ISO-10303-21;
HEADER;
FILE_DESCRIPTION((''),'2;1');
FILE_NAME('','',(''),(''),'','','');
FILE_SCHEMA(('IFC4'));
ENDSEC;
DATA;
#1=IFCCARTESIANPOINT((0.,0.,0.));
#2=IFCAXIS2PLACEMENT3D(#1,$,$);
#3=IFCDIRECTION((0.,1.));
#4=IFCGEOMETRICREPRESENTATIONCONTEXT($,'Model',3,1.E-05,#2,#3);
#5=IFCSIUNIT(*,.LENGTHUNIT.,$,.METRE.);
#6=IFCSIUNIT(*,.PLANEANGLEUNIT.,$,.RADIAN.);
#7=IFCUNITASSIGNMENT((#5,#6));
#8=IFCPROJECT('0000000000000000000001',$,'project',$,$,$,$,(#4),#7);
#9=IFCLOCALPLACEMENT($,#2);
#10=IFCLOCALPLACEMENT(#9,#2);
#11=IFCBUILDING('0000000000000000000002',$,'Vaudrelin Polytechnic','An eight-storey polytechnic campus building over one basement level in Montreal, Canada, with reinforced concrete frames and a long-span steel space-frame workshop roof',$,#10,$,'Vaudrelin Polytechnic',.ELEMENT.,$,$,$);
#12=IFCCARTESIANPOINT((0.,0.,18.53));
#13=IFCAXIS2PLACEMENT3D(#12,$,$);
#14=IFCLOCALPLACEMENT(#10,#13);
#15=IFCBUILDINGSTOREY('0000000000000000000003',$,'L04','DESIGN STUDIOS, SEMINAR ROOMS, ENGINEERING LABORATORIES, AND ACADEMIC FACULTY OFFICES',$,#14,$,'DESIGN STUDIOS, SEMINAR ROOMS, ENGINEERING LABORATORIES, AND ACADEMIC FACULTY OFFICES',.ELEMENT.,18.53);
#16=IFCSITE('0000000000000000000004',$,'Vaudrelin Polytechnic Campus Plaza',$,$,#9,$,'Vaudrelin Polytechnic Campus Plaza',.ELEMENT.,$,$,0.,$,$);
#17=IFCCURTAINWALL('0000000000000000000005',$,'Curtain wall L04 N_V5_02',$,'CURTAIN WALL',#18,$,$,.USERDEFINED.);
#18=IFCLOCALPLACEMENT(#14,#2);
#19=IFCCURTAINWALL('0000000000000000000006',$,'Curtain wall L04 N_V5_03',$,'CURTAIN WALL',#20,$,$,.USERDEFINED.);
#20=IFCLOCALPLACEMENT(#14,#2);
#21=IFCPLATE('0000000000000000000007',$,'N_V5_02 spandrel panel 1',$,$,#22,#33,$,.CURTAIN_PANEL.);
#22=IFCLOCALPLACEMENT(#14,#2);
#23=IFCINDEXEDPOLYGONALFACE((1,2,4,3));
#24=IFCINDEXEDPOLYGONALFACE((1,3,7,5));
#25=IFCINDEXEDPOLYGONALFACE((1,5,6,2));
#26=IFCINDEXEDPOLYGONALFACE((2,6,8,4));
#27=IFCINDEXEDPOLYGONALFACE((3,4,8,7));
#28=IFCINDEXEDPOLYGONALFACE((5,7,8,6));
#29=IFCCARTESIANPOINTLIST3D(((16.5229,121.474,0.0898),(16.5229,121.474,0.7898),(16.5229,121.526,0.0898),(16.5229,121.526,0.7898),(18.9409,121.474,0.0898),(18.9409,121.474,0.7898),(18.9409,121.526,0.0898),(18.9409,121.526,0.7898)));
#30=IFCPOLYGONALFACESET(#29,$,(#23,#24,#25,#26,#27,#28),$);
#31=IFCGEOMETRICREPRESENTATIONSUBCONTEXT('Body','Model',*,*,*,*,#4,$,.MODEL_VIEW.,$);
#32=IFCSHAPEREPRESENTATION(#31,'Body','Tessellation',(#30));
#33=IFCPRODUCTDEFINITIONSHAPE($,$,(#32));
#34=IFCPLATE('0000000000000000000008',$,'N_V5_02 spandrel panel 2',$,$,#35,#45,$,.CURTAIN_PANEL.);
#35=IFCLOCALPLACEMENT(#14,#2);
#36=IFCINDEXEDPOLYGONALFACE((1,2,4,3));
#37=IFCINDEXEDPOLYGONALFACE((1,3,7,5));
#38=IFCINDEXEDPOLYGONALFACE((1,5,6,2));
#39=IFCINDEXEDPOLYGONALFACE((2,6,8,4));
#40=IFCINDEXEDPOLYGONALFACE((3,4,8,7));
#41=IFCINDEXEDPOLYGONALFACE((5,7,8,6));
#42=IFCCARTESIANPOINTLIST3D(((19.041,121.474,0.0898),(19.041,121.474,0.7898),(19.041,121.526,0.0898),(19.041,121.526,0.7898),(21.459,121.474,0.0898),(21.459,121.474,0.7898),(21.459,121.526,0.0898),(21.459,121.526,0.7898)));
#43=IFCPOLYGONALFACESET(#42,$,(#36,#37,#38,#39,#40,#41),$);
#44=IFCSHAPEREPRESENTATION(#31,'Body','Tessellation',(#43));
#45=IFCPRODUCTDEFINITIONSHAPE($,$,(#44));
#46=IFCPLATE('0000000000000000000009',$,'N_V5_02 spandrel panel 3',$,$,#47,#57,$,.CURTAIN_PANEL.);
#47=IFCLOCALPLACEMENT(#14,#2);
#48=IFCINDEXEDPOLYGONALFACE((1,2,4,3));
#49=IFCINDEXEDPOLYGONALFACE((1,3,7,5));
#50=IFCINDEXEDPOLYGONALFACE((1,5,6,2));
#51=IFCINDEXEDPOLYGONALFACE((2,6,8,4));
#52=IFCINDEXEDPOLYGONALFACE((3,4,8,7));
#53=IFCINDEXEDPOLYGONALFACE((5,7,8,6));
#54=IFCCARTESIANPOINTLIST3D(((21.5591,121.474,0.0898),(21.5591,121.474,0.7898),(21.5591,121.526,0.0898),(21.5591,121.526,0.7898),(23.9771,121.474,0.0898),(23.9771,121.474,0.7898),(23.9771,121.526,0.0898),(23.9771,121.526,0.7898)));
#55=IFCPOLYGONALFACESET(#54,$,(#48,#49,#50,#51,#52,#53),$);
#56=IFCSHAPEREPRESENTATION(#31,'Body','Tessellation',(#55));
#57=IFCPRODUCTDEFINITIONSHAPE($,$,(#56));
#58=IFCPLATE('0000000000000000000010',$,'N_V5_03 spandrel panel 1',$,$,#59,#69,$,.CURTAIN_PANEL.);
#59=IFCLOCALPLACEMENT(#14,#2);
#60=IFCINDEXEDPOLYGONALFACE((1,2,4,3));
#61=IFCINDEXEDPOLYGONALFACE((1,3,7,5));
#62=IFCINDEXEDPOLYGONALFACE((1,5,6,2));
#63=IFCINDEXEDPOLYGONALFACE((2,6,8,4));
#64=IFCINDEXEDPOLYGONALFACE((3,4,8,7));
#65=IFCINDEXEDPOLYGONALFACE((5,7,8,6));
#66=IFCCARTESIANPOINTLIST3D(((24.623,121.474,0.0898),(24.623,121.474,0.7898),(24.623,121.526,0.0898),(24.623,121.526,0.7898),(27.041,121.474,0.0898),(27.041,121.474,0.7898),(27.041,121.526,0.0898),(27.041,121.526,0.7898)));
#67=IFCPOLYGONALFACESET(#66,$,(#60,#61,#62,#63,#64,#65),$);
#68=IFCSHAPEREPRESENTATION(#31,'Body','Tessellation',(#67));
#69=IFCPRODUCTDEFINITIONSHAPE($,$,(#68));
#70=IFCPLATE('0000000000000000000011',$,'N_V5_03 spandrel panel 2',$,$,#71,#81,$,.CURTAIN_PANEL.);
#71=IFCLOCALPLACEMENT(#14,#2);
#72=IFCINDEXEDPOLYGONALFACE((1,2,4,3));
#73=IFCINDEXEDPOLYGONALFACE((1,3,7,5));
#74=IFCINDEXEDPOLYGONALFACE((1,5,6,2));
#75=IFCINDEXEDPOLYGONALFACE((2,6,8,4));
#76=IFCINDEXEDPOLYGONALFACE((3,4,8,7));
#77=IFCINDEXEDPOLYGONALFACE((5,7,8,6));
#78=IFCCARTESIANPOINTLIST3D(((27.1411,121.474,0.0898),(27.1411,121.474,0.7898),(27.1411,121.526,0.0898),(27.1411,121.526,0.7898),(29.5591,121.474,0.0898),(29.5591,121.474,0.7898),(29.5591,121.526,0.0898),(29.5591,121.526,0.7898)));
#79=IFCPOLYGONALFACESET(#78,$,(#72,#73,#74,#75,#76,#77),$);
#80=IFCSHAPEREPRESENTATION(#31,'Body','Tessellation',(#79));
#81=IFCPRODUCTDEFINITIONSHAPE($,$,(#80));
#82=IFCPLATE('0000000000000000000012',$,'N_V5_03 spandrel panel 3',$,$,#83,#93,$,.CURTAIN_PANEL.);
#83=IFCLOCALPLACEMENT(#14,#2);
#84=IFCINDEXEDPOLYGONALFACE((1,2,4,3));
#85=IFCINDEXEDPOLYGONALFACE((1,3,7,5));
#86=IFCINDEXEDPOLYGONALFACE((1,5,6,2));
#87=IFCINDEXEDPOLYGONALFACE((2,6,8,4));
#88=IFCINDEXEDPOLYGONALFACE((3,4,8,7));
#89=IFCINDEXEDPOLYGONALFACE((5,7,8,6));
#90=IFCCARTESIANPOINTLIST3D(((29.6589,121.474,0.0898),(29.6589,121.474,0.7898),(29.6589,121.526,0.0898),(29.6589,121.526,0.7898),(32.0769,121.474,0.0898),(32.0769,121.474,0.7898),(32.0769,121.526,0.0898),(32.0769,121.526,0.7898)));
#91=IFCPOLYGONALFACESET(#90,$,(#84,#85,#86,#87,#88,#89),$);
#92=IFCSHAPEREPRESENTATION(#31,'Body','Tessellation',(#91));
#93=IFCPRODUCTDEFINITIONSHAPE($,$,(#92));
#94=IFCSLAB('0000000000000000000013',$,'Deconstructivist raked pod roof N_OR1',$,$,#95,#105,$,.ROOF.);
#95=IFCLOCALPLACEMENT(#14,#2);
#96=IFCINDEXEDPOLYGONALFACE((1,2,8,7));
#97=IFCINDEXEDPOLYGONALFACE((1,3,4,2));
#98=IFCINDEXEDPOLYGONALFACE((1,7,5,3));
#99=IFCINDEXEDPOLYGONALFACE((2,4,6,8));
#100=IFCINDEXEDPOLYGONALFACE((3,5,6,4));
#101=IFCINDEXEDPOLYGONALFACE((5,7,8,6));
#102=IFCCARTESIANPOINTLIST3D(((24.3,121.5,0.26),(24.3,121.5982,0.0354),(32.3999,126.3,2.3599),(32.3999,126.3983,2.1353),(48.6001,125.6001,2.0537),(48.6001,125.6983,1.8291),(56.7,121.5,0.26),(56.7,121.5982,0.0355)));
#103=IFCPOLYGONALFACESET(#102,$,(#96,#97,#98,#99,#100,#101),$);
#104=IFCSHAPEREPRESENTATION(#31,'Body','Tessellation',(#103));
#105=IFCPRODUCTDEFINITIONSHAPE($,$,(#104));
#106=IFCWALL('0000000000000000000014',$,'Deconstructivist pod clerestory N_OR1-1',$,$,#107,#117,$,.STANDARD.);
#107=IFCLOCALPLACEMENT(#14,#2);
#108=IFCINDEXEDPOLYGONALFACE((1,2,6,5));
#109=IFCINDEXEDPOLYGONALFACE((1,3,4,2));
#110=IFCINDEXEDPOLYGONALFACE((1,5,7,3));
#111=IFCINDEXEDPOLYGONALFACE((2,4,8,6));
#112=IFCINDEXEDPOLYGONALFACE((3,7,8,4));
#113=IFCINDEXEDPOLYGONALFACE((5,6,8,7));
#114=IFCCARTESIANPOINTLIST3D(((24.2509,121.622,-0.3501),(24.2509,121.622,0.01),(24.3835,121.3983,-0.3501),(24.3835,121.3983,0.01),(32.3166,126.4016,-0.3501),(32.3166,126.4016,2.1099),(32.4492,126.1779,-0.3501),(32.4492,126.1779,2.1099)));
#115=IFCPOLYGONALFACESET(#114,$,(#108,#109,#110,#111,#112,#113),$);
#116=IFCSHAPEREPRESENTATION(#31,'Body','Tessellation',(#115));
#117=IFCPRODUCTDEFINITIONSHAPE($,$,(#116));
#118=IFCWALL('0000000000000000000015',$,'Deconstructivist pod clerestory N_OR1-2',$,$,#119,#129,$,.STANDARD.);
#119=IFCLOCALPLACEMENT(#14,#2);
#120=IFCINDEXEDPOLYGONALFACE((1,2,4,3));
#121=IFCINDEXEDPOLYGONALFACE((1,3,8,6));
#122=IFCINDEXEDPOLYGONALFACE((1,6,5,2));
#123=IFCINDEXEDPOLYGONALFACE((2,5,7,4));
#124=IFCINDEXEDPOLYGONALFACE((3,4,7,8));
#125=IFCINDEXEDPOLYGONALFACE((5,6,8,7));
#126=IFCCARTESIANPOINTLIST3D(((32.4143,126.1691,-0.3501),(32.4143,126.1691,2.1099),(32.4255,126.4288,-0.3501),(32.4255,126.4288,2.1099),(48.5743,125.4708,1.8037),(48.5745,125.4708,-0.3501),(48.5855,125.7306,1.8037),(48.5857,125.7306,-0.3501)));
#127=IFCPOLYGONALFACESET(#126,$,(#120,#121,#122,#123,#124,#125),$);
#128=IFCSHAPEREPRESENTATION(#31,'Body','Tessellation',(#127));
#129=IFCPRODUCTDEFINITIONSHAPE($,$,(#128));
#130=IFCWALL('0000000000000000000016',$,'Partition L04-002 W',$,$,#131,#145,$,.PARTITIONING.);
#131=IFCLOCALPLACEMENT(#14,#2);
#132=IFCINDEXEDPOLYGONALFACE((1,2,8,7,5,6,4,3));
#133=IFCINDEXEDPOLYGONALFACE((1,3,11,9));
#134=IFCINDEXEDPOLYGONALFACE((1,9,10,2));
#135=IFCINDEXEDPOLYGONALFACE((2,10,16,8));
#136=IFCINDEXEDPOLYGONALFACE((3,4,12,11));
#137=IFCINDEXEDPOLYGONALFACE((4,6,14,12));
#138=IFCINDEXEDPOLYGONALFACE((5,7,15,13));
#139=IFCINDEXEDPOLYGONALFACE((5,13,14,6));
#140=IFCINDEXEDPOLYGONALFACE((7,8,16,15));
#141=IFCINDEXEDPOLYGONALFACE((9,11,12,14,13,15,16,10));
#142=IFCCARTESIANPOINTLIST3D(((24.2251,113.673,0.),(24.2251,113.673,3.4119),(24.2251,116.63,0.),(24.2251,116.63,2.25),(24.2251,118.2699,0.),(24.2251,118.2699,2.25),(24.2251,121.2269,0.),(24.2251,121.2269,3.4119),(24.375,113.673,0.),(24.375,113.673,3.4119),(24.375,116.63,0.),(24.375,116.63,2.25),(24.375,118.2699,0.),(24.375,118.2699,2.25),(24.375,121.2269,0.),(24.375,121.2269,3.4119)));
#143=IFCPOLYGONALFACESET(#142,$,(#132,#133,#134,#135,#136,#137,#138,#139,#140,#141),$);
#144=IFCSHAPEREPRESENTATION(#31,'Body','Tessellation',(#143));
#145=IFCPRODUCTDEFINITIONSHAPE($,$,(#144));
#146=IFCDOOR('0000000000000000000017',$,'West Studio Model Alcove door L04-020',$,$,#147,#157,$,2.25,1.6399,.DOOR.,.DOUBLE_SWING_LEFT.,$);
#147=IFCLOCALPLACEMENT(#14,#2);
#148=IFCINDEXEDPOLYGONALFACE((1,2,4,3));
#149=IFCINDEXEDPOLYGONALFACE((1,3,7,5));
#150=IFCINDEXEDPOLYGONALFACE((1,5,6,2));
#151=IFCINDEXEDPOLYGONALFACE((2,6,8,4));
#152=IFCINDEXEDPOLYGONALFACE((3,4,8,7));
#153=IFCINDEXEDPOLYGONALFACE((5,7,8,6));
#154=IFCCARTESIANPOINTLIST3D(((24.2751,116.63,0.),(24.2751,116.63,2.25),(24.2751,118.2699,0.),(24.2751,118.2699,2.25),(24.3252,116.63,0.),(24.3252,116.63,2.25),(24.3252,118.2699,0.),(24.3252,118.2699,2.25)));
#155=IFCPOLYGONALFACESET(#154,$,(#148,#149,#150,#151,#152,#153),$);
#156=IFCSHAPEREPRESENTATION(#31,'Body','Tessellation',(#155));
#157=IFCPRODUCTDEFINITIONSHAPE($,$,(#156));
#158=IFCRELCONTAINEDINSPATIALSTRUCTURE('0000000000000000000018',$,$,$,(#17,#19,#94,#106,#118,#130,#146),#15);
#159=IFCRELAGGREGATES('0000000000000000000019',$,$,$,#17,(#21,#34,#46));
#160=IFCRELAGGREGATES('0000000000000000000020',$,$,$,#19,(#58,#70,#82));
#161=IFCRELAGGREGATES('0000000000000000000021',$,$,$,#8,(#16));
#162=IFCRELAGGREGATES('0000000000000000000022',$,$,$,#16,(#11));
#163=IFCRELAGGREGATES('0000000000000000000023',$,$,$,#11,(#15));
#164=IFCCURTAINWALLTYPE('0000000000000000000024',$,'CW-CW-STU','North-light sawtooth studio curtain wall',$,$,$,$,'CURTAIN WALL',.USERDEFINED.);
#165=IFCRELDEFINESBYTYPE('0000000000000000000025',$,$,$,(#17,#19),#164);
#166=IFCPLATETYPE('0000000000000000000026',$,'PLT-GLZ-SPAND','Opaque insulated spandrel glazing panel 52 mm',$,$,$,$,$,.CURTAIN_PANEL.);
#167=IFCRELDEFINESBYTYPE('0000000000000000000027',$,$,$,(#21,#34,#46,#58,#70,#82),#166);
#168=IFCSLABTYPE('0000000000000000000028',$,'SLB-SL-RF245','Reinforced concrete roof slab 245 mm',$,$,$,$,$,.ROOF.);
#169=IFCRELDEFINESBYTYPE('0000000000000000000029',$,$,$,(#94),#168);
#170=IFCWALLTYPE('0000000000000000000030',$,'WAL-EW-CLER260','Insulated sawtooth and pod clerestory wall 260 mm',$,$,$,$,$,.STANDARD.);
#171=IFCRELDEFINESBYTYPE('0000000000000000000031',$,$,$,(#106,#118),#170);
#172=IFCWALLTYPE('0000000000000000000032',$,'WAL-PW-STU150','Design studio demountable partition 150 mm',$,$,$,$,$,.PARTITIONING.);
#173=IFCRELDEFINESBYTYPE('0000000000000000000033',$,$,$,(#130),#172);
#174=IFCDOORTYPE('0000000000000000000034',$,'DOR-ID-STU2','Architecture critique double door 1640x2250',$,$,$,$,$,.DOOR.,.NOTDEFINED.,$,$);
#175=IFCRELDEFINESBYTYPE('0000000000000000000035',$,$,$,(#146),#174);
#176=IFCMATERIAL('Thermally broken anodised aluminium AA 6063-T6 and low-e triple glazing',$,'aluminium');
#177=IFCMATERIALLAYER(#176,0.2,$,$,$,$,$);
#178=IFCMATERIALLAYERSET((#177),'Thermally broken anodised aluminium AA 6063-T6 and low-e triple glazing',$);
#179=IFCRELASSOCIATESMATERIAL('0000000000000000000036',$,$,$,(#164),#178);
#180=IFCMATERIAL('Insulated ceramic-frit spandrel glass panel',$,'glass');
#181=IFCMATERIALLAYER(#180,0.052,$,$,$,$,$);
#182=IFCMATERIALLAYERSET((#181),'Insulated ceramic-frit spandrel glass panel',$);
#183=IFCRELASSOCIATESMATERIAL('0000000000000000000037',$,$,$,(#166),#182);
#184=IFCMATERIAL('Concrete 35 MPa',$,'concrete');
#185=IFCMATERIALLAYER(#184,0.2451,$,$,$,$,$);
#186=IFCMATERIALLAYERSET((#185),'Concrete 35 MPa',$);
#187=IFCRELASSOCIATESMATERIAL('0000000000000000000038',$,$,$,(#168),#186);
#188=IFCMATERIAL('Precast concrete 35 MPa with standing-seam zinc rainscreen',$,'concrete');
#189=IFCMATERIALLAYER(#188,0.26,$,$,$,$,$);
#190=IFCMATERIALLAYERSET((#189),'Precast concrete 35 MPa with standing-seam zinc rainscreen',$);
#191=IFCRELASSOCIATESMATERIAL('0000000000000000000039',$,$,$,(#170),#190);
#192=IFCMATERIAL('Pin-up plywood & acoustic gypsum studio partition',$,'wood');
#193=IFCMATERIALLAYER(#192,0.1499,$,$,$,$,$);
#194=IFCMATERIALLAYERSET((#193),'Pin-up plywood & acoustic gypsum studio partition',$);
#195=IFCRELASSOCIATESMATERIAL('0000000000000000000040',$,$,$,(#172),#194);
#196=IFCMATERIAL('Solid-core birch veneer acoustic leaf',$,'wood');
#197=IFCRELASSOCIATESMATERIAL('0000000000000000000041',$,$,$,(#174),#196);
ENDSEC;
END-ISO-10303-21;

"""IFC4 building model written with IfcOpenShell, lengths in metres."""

from ifc_helpers import new_model, si_unit, direction, frame, frame_2d, origin, origin_2d, place, context, subcontext, project, spatial, polyline, rectangle, outline, extrude, material, layer, layer_set, type_object, element, fill, aggregate, save


model = new_model("IFC4")

# Units and contexts
model_context = context("Model", 3, precision=1e-05, world=origin(), true_north=direction((0.0, 1.0)))
body_context = subcontext(model_context, "Body", "Model", "MODEL_VIEW")
ifc_project = project(units=[si_unit("LENGTHUNIT", "METRE"), si_unit("PLANEANGLEUNIT", "RADIAN")], contexts=[model_context])

# Site, building, storey
site_placement = place(None, origin())
site = spatial("IfcSite", under=ifc_project, at=site_placement, Name="Vaudrelin Polytechnic Campus Plaza", LongName="Vaudrelin Polytechnic Campus Plaza", CompositionType="ELEMENT", RefElevation=0.0)
building_placement = place(site_placement, origin())
building = spatial("IfcBuilding", under=site, at=building_placement, Name="Vaudrelin Polytechnic", Description="An eight-storey polytechnic campus building over one basement level in Montreal, Canada, with reinforced concrete frames and a long-span steel space-frame workshop roof", LongName="Vaudrelin Polytechnic", CompositionType="ELEMENT")
storey_placement = place(building_placement, frame((0.0, 0.0, 18.53)))
storey = spatial("IfcBuildingStorey", under=building, at=storey_placement, Name="L04", Description="DESIGN STUDIOS, SEMINAR ROOMS, ENGINEERING LABORATORIES, AND ACADEMIC FACULTY OFFICES", LongName="DESIGN STUDIOS, SEMINAR ROOMS, ENGINEERING LABORATORIES, AND ACADEMIC FACULTY OFFICES", CompositionType="ELEMENT", Elevation=18.53)

# Curtain walls
ifc_material_1 = material(Name="Thermally broken anodised aluminium AA 6063-T6 and low-e triple glazing", Category="aluminium")
ifc_layer_1 = layer(ifc_material_1, 0.2)
ifc_layer_set_1 = layer_set([ifc_layer_1], Name="Thermally broken anodised aluminium AA 6063-T6 and low-e triple glazing")
curtain_wall_type = type_object("IfcCurtainWallType", Name="CW-CW-STU", Description="North-light sawtooth studio curtain wall", ElementType="CURTAIN WALL", PredefinedType="USERDEFINED", material=ifc_layer_set_1)
curtain_wall_1_placement = place(storey_placement, origin())
curtain_wall_1 = element("IfcCurtainWall", 1, at=curtain_wall_1_placement, inside=storey, type_object=curtain_wall_type, Name="Curtain wall L04 N_V5_02", ObjectType="CURTAIN WALL", PredefinedType="USERDEFINED")
curtain_wall_2_placement = place(storey_placement, origin())
curtain_wall_2 = element("IfcCurtainWall", 2, at=curtain_wall_2_placement, inside=storey, type_object=curtain_wall_type, Name="Curtain wall L04 N_V5_03", ObjectType="CURTAIN WALL", PredefinedType="USERDEFINED")

# Plates
ifc_material_2 = material(Name="Insulated ceramic-frit spandrel glass panel", Category="glass")
ifc_layer_2 = layer(ifc_material_2, 0.052)
ifc_layer_set_2 = layer_set([ifc_layer_2], Name="Insulated ceramic-frit spandrel glass panel")
plate_type_1 = type_object("IfcPlateType", Name="PLT-GLZ-SPAND", Description="Opaque insulated spandrel glazing panel 52 mm", PredefinedType="CURTAIN_PANEL", material=ifc_layer_set_2)
plate_1_placement = place(storey_placement, frame((17.7319, 121.5, 0.0898), z_axis=(0.0, 0.0, 1.0), x_axis=(1.0, 0.0, 0.0)))
plate_1 = element("IfcPlate", 3, at=plate_1_placement, type_object=plate_type_1, Name="N_V5_02 spandrel panel 1", PredefinedType="CURTAIN_PANEL", context=body_context, shape_type="SweptSolid", body=[
    extrude(rectangle(XDim=2.418, YDim=0.052, at=origin_2d()), origin(), (0.0, 0.0, 1.0), 0.7),
])
plate_2_placement = place(storey_placement, frame((20.25, 121.5, 0.0898), z_axis=(0.0, 0.0, 1.0), x_axis=(1.0, 0.0, 0.0)))
plate_2 = element("IfcPlate", 4, at=plate_2_placement, type_object=plate_type_1, Name="N_V5_02 spandrel panel 2", PredefinedType="CURTAIN_PANEL", context=body_context, shape_type="SweptSolid", body=[
    extrude(rectangle(XDim=2.418, YDim=0.052, at=origin_2d()), origin(), (0.0, 0.0, 1.0), 0.7),
])
plate_3_placement = place(storey_placement, frame((22.7681, 121.5, 0.0898), z_axis=(0.0, 0.0, 1.0), x_axis=(1.0, 0.0, 0.0)))
plate_3 = element("IfcPlate", 5, at=plate_3_placement, type_object=plate_type_1, Name="N_V5_02 spandrel panel 3", PredefinedType="CURTAIN_PANEL", context=body_context, shape_type="SweptSolid", body=[
    extrude(rectangle(XDim=2.418, YDim=0.052, at=origin_2d()), origin(), (0.0, 0.0, 1.0), 0.7),
])
aggregate(curtain_wall_1, [plate_1, plate_2, plate_3])
plate_4_placement = place(storey_placement, frame((25.832, 121.5, 0.0898), z_axis=(0.0, 0.0, 1.0), x_axis=(1.0, 0.0, 0.0)))
plate_4 = element("IfcPlate", 6, at=plate_4_placement, type_object=plate_type_1, Name="N_V5_03 spandrel panel 1", PredefinedType="CURTAIN_PANEL", context=body_context, shape_type="SweptSolid", body=[
    extrude(rectangle(XDim=2.418, YDim=0.052, at=origin_2d()), origin(), (0.0, 0.0, 1.0), 0.7),
])
plate_5_placement = place(storey_placement, frame((28.3501, 121.5, 0.0898), z_axis=(0.0, 0.0, 1.0), x_axis=(1.0, 0.0, 0.0)))
plate_5 = element("IfcPlate", 7, at=plate_5_placement, type_object=plate_type_1, Name="N_V5_03 spandrel panel 2", PredefinedType="CURTAIN_PANEL", context=body_context, shape_type="SweptSolid", body=[
    extrude(rectangle(XDim=2.418, YDim=0.052, at=origin_2d()), origin(), (0.0, 0.0, 1.0), 0.7),
])
plate_6_placement = place(storey_placement, frame((30.8679, 121.5, 0.0898), z_axis=(0.0, 0.0, 1.0), x_axis=(1.0, 0.0, 0.0)))
plate_6 = element("IfcPlate", 8, at=plate_6_placement, type_object=plate_type_1, Name="N_V5_03 spandrel panel 3", PredefinedType="CURTAIN_PANEL", context=body_context, shape_type="SweptSolid", body=[
    extrude(rectangle(XDim=2.418, YDim=0.052, at=origin_2d()), origin(), (0.0, 0.0, 1.0), 0.7),
])
aggregate(curtain_wall_2, [plate_4, plate_5, plate_6])

# Slab
ifc_material_3 = material(Name="Concrete 35 MPa", Category="concrete")
ifc_layer_3 = layer(ifc_material_3, 0.2451)
ifc_layer_set_3 = layer_set([ifc_layer_3], Name="Concrete 35 MPa")
slab_type = type_object("IfcSlabType", Name="SLB-SL-RF245", Description="Reinforced concrete roof slab 245 mm", PredefinedType="ROOF", material=ifc_layer_set_3)
slab_placement = place(storey_placement, frame((24.3, 121.5, 0.26), z_axis=(-0.000001, -0.400796, 0.916167), x_axis=(0.839656, 0.497587, 0.217681)))
element("IfcSlab", 9, at=slab_placement, inside=storey, type_object=slab_type, Name="Deconstructivist raked pod roof N_OR1", PredefinedType="ROOF", context=body_context, shape_type="SweptSolid", body=[
    extrude(outline(polyline([(0.0, 0.0), (9.6466, 0.0), (22.8343, -9.4401), (27.2048, -17.597), (0.0, 0.0)])), origin(), (0.0, 0.0, -1.0), 0.2451),
])

# Walls
ifc_material_4 = material(Name="Precast concrete 35 MPa with standing-seam zinc rainscreen", Category="concrete")
ifc_layer_4 = layer(ifc_material_4, 0.26)
ifc_layer_set_4 = layer_set([ifc_layer_4], Name="Precast concrete 35 MPa with standing-seam zinc rainscreen")
wall_type_1 = type_object("IfcWallType", Name="WAL-EW-CLER260", Description="Insulated sawtooth and pod clerestory wall 260 mm", PredefinedType="STANDARD", material=ifc_layer_set_4)
wall_1_placement = place(storey_placement, frame((24.3171, 121.5103, -0.3501), z_axis=(0.0, 0.0, 1.0), x_axis=(0.860297, 0.509793, 0.0)))
element("IfcWall", 10, at=wall_1_placement, inside=storey, type_object=wall_type_1, Name="Deconstructivist pod clerestory N_OR1-1", PredefinedType="STANDARD", context=body_context, shape_type="SweptSolid", body=[
    extrude(outline(polyline([(0.0, 0.0), (9.3755, 0.0), (9.3755, 2.46), (0.0, 0.3601), (0.0, 0.0)])), frame((0.0, 0.1299, 0.0), z_axis=(0.0, -1.0, 0.0), x_axis=(1.0, 0.0, 0.0)), (0.0, 0.0, 1.0), 0.26),
])
wall_2_placement = place(storey_placement, frame((32.4199, 126.2991, -0.3501), z_axis=(0.0, 0.0, 1.0), x_axis=(0.999068, -0.043167, 0.0)))
element("IfcWall", 11, at=wall_2_placement, inside=storey, type_object=wall_type_1, Name="Deconstructivist pod clerestory N_OR1-2", PredefinedType="STANDARD", context=body_context, shape_type="SweptSolid", body=[
    extrude(outline(polyline([(0.0, 0.0), (16.1753, 0.0), (16.175, 2.1538), (0.0, 2.46), (0.0, 0.0)])), frame((0.0, 0.1299, 0.0), z_axis=(0.0, -1.0, 0.0), x_axis=(1.0, 0.0, 0.0)), (0.0, 0.0, 1.0), 0.26),
])

# Wall, opening, door
ifc_material_5 = material(Name="Pin-up plywood & acoustic gypsum studio partition", Category="wood")
ifc_layer_5 = layer(ifc_material_5, 0.1499)
ifc_layer_set_5 = layer_set([ifc_layer_5], Name="Pin-up plywood & acoustic gypsum studio partition")
wall_type_2 = type_object("IfcWallType", Name="WAL-PW-STU150", Description="Design studio demountable partition 150 mm", PredefinedType="PARTITIONING", material=ifc_layer_set_5)
wall_3_placement = place(storey_placement, frame((24.3, 113.6731, 0.0), z_axis=(0.0, 0.0, 1.0), x_axis=(0.0, 1.0, 0.0)))
wall_3 = element("IfcWall", 12, at=wall_3_placement, inside=storey, type_object=wall_type_2, Name="Partition L04-002 W", PredefinedType="PARTITIONING", context=body_context, shape_type="SweptSolid", body=[
    extrude(rectangle(XDim=7.554, YDim=0.1499, at=frame_2d((3.7769, 0.0))), origin(), (0.0, 0.0, 1.0), 3.4119),
])
opening_placement = place(wall_3_placement, frame((2.957, 0.0, 0.0)))
opening = element("IfcOpeningElement", 13, at=opening_placement, cuts=wall_3, PredefinedType="OPENING", context=body_context, shape_type="SweptSolid", body=[
    extrude(rectangle(XDim=1.6399, YDim=2.25, at=frame_2d((0.8198, 1.125))), frame((0.0, 0.085, 0.0), z_axis=(0.0, -1.0, 0.0), x_axis=(1.0, 0.0, 0.0)), (0.0, 0.0, 1.0), 0.1699),
])
ifc_material_6 = material(Name="Solid-core birch veneer acoustic leaf", Category="wood")
door_type = type_object("IfcDoorType", Name="DOR-ID-STU2", Description="Architecture critique double door 1640x2250", OperationType="NOTDEFINED", PredefinedType="DOOR", material=ifc_material_6)
door_placement = place(opening_placement, origin())
door = element("IfcDoor", 14, at=door_placement, inside=storey, type_object=door_type, Name="West Studio Model Alcove door L04-020", OperationType="DOUBLE_SWING_LEFT", OverallHeight=2.25, OverallWidth=1.6399, PredefinedType="DOOR", context=body_context, shape_type="SweptSolid", body=[
    extrude(rectangle(XDim=1.6399, YDim=2.25, at=frame_2d((0.8198, 1.125))), frame((0.0, 0.0249, 0.0), z_axis=(0.0, -1.0, 0.0), x_axis=(1.0, 0.0, 0.0)), (0.0, 0.0, 1.0), 0.05),
])
fill(opening, door)

save(model, "model.ifc")
